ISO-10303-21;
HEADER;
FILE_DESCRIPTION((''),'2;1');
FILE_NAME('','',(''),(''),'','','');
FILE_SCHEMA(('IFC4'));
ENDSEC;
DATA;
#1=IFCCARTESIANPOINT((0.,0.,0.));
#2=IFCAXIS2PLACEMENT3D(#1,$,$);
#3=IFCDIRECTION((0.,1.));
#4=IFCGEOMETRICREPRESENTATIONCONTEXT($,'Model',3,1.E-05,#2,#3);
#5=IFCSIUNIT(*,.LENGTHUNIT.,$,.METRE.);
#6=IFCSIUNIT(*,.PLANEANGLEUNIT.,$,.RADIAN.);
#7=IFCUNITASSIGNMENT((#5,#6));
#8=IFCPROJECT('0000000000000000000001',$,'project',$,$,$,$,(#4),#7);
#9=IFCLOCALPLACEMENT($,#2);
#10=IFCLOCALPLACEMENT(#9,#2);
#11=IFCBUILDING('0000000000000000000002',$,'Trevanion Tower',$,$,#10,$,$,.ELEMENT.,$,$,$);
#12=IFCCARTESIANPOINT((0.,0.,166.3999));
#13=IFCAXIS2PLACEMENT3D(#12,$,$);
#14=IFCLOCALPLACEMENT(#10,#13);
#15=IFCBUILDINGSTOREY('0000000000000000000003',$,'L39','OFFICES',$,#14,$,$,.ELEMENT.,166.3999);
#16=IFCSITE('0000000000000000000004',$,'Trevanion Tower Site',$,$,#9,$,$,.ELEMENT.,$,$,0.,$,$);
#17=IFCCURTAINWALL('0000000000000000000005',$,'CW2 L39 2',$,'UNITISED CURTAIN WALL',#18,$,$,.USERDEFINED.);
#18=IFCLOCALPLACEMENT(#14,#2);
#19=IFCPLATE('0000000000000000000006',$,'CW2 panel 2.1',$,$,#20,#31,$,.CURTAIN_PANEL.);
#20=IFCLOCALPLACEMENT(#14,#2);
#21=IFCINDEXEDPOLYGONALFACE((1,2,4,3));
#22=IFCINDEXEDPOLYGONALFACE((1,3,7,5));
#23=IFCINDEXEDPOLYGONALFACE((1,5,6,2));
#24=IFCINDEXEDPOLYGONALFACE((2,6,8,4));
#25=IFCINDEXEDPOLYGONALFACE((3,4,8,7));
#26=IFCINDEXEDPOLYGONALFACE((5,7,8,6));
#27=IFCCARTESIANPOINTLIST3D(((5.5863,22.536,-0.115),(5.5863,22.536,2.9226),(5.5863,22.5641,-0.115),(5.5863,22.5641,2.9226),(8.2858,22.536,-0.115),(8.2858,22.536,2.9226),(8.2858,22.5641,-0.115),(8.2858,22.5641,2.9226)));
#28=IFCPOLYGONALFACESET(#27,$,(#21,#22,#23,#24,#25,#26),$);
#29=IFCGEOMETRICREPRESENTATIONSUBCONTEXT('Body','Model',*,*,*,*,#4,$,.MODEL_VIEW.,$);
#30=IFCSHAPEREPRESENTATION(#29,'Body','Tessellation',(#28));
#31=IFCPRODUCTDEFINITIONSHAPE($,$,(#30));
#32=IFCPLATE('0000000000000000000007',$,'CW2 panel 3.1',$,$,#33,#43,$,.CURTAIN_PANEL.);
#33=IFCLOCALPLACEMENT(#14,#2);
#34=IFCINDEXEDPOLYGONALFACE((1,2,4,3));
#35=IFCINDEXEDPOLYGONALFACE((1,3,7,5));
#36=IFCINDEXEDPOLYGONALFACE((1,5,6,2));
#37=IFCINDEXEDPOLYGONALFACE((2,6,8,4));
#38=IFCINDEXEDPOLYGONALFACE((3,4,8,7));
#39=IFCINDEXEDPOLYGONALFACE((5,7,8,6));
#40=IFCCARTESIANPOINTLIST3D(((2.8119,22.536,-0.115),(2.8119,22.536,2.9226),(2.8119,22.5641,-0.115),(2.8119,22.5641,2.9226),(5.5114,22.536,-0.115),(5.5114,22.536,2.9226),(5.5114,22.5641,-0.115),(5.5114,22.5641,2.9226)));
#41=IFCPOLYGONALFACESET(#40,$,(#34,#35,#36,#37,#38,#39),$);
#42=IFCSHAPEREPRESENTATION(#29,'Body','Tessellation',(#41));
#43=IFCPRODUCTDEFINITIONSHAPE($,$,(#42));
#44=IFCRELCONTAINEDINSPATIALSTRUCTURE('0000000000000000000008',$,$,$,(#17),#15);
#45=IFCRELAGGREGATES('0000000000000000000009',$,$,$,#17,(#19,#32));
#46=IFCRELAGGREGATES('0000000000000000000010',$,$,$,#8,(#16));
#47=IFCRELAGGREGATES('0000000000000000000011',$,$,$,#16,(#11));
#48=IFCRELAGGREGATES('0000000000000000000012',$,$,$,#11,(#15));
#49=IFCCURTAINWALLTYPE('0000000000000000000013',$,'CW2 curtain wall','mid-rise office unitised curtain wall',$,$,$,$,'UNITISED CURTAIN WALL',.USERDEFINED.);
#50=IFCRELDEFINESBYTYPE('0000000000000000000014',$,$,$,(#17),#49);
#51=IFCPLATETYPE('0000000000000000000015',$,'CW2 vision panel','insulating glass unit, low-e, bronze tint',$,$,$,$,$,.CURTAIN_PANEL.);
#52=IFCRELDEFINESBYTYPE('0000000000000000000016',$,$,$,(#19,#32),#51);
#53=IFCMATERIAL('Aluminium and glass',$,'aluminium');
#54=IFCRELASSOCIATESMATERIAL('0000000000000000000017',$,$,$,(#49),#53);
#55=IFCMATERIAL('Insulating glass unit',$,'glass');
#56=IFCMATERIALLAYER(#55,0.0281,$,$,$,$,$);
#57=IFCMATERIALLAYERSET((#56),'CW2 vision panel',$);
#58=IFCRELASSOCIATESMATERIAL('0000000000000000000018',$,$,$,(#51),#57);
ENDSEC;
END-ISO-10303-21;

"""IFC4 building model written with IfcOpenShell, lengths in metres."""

from ifc_helpers import new_model, si_unit, direction, frame, origin, origin_2d, place, context, subcontext, project, spatial, rectangle, extrude, material, layer, layer_set, type_object, element, aggregate, save


model = new_model("IFC4")

# Units and contexts
model_context = context("Model", 3, precision=1e-05, world=origin(), true_north=direction((0.0, 1.0)))
body_context = subcontext(model_context, "Body", "Model", "MODEL_VIEW")
ifc_project = project(units=[si_unit("LENGTHUNIT", "METRE"), si_unit("PLANEANGLEUNIT", "RADIAN")], contexts=[model_context])

# Site, building, storey
site_placement = place(None, origin())
site = spatial("IfcSite", under=ifc_project, at=site_placement, Name="Trevanion Tower Site", CompositionType="ELEMENT", RefElevation=0.0)
building_placement = place(site_placement, origin())
building = spatial("IfcBuilding", under=site, at=building_placement, Name="Trevanion Tower", CompositionType="ELEMENT")
storey_placement = place(building_placement, frame((0.0, 0.0, 166.3999)))
storey = spatial("IfcBuildingStorey", under=building, at=storey_placement, Name="L39", Description="OFFICES", CompositionType="ELEMENT", Elevation=166.3999)

# Curtain wall, plates
ifc_material_1 = material(Name="Aluminium and glass", Category="aluminium")
curtain_wall_type = type_object("IfcCurtainWallType", Name="CW2 curtain wall", Description="mid-rise office unitised curtain wall", ElementType="UNITISED CURTAIN WALL", PredefinedType="USERDEFINED", material=ifc_material_1)
curtain_wall_placement = place(storey_placement, origin())
curtain_wall = element("IfcCurtainWall", 1, at=curtain_wall_placement, inside=storey, type_object=curtain_wall_type, Name="CW2 L39 2", ObjectType="UNITISED CURTAIN WALL", PredefinedType="USERDEFINED")
ifc_material_2 = material(Name="Insulating glass unit", Category="glass")
ifc_layer_1 = layer(ifc_material_2, 0.0281)
ifc_layer_set_1 = layer_set([ifc_layer_1], Name="CW2 vision panel")
plate_type_1 = type_object("IfcPlateType", Name="CW2 vision panel", Description="insulating glass unit, low-e, bronze tint", PredefinedType="CURTAIN_PANEL", material=ifc_layer_set_1)
plate_1_placement = place(storey_placement, frame((6.936, 22.55, -0.115), z_axis=(0.0, 0.0, 1.0), x_axis=(-1.0, 0.0, 0.0)))
plate_1 = element("IfcPlate", 2, at=plate_1_placement, type_object=plate_type_1, Name="CW2 panel 2.1", PredefinedType="CURTAIN_PANEL", context=body_context, shape_type="SweptSolid", body=[
    extrude(rectangle(XDim=2.6995, YDim=0.0281, at=origin_2d()), origin(), (0.0, 0.0, 1.0), 3.0376),
])
plate_2_placement = place(storey_placement, frame((4.1616, 22.55, -0.115), z_axis=(0.0, 0.0, 1.0), x_axis=(-1.0, 0.0, 0.0)))
plate_2 = element("IfcPlate", 3, at=plate_2_placement, type_object=plate_type_1, Name="CW2 panel 3.1", PredefinedType="CURTAIN_PANEL", context=body_context, shape_type="SweptSolid", body=[
    extrude(rectangle(XDim=2.6995, YDim=0.0281, at=origin_2d()), origin(), (0.0, 0.0, 1.0), 3.0376),
])
aggregate(curtain_wall, [plate_1, plate_2])

save(model, "model.ifc")
